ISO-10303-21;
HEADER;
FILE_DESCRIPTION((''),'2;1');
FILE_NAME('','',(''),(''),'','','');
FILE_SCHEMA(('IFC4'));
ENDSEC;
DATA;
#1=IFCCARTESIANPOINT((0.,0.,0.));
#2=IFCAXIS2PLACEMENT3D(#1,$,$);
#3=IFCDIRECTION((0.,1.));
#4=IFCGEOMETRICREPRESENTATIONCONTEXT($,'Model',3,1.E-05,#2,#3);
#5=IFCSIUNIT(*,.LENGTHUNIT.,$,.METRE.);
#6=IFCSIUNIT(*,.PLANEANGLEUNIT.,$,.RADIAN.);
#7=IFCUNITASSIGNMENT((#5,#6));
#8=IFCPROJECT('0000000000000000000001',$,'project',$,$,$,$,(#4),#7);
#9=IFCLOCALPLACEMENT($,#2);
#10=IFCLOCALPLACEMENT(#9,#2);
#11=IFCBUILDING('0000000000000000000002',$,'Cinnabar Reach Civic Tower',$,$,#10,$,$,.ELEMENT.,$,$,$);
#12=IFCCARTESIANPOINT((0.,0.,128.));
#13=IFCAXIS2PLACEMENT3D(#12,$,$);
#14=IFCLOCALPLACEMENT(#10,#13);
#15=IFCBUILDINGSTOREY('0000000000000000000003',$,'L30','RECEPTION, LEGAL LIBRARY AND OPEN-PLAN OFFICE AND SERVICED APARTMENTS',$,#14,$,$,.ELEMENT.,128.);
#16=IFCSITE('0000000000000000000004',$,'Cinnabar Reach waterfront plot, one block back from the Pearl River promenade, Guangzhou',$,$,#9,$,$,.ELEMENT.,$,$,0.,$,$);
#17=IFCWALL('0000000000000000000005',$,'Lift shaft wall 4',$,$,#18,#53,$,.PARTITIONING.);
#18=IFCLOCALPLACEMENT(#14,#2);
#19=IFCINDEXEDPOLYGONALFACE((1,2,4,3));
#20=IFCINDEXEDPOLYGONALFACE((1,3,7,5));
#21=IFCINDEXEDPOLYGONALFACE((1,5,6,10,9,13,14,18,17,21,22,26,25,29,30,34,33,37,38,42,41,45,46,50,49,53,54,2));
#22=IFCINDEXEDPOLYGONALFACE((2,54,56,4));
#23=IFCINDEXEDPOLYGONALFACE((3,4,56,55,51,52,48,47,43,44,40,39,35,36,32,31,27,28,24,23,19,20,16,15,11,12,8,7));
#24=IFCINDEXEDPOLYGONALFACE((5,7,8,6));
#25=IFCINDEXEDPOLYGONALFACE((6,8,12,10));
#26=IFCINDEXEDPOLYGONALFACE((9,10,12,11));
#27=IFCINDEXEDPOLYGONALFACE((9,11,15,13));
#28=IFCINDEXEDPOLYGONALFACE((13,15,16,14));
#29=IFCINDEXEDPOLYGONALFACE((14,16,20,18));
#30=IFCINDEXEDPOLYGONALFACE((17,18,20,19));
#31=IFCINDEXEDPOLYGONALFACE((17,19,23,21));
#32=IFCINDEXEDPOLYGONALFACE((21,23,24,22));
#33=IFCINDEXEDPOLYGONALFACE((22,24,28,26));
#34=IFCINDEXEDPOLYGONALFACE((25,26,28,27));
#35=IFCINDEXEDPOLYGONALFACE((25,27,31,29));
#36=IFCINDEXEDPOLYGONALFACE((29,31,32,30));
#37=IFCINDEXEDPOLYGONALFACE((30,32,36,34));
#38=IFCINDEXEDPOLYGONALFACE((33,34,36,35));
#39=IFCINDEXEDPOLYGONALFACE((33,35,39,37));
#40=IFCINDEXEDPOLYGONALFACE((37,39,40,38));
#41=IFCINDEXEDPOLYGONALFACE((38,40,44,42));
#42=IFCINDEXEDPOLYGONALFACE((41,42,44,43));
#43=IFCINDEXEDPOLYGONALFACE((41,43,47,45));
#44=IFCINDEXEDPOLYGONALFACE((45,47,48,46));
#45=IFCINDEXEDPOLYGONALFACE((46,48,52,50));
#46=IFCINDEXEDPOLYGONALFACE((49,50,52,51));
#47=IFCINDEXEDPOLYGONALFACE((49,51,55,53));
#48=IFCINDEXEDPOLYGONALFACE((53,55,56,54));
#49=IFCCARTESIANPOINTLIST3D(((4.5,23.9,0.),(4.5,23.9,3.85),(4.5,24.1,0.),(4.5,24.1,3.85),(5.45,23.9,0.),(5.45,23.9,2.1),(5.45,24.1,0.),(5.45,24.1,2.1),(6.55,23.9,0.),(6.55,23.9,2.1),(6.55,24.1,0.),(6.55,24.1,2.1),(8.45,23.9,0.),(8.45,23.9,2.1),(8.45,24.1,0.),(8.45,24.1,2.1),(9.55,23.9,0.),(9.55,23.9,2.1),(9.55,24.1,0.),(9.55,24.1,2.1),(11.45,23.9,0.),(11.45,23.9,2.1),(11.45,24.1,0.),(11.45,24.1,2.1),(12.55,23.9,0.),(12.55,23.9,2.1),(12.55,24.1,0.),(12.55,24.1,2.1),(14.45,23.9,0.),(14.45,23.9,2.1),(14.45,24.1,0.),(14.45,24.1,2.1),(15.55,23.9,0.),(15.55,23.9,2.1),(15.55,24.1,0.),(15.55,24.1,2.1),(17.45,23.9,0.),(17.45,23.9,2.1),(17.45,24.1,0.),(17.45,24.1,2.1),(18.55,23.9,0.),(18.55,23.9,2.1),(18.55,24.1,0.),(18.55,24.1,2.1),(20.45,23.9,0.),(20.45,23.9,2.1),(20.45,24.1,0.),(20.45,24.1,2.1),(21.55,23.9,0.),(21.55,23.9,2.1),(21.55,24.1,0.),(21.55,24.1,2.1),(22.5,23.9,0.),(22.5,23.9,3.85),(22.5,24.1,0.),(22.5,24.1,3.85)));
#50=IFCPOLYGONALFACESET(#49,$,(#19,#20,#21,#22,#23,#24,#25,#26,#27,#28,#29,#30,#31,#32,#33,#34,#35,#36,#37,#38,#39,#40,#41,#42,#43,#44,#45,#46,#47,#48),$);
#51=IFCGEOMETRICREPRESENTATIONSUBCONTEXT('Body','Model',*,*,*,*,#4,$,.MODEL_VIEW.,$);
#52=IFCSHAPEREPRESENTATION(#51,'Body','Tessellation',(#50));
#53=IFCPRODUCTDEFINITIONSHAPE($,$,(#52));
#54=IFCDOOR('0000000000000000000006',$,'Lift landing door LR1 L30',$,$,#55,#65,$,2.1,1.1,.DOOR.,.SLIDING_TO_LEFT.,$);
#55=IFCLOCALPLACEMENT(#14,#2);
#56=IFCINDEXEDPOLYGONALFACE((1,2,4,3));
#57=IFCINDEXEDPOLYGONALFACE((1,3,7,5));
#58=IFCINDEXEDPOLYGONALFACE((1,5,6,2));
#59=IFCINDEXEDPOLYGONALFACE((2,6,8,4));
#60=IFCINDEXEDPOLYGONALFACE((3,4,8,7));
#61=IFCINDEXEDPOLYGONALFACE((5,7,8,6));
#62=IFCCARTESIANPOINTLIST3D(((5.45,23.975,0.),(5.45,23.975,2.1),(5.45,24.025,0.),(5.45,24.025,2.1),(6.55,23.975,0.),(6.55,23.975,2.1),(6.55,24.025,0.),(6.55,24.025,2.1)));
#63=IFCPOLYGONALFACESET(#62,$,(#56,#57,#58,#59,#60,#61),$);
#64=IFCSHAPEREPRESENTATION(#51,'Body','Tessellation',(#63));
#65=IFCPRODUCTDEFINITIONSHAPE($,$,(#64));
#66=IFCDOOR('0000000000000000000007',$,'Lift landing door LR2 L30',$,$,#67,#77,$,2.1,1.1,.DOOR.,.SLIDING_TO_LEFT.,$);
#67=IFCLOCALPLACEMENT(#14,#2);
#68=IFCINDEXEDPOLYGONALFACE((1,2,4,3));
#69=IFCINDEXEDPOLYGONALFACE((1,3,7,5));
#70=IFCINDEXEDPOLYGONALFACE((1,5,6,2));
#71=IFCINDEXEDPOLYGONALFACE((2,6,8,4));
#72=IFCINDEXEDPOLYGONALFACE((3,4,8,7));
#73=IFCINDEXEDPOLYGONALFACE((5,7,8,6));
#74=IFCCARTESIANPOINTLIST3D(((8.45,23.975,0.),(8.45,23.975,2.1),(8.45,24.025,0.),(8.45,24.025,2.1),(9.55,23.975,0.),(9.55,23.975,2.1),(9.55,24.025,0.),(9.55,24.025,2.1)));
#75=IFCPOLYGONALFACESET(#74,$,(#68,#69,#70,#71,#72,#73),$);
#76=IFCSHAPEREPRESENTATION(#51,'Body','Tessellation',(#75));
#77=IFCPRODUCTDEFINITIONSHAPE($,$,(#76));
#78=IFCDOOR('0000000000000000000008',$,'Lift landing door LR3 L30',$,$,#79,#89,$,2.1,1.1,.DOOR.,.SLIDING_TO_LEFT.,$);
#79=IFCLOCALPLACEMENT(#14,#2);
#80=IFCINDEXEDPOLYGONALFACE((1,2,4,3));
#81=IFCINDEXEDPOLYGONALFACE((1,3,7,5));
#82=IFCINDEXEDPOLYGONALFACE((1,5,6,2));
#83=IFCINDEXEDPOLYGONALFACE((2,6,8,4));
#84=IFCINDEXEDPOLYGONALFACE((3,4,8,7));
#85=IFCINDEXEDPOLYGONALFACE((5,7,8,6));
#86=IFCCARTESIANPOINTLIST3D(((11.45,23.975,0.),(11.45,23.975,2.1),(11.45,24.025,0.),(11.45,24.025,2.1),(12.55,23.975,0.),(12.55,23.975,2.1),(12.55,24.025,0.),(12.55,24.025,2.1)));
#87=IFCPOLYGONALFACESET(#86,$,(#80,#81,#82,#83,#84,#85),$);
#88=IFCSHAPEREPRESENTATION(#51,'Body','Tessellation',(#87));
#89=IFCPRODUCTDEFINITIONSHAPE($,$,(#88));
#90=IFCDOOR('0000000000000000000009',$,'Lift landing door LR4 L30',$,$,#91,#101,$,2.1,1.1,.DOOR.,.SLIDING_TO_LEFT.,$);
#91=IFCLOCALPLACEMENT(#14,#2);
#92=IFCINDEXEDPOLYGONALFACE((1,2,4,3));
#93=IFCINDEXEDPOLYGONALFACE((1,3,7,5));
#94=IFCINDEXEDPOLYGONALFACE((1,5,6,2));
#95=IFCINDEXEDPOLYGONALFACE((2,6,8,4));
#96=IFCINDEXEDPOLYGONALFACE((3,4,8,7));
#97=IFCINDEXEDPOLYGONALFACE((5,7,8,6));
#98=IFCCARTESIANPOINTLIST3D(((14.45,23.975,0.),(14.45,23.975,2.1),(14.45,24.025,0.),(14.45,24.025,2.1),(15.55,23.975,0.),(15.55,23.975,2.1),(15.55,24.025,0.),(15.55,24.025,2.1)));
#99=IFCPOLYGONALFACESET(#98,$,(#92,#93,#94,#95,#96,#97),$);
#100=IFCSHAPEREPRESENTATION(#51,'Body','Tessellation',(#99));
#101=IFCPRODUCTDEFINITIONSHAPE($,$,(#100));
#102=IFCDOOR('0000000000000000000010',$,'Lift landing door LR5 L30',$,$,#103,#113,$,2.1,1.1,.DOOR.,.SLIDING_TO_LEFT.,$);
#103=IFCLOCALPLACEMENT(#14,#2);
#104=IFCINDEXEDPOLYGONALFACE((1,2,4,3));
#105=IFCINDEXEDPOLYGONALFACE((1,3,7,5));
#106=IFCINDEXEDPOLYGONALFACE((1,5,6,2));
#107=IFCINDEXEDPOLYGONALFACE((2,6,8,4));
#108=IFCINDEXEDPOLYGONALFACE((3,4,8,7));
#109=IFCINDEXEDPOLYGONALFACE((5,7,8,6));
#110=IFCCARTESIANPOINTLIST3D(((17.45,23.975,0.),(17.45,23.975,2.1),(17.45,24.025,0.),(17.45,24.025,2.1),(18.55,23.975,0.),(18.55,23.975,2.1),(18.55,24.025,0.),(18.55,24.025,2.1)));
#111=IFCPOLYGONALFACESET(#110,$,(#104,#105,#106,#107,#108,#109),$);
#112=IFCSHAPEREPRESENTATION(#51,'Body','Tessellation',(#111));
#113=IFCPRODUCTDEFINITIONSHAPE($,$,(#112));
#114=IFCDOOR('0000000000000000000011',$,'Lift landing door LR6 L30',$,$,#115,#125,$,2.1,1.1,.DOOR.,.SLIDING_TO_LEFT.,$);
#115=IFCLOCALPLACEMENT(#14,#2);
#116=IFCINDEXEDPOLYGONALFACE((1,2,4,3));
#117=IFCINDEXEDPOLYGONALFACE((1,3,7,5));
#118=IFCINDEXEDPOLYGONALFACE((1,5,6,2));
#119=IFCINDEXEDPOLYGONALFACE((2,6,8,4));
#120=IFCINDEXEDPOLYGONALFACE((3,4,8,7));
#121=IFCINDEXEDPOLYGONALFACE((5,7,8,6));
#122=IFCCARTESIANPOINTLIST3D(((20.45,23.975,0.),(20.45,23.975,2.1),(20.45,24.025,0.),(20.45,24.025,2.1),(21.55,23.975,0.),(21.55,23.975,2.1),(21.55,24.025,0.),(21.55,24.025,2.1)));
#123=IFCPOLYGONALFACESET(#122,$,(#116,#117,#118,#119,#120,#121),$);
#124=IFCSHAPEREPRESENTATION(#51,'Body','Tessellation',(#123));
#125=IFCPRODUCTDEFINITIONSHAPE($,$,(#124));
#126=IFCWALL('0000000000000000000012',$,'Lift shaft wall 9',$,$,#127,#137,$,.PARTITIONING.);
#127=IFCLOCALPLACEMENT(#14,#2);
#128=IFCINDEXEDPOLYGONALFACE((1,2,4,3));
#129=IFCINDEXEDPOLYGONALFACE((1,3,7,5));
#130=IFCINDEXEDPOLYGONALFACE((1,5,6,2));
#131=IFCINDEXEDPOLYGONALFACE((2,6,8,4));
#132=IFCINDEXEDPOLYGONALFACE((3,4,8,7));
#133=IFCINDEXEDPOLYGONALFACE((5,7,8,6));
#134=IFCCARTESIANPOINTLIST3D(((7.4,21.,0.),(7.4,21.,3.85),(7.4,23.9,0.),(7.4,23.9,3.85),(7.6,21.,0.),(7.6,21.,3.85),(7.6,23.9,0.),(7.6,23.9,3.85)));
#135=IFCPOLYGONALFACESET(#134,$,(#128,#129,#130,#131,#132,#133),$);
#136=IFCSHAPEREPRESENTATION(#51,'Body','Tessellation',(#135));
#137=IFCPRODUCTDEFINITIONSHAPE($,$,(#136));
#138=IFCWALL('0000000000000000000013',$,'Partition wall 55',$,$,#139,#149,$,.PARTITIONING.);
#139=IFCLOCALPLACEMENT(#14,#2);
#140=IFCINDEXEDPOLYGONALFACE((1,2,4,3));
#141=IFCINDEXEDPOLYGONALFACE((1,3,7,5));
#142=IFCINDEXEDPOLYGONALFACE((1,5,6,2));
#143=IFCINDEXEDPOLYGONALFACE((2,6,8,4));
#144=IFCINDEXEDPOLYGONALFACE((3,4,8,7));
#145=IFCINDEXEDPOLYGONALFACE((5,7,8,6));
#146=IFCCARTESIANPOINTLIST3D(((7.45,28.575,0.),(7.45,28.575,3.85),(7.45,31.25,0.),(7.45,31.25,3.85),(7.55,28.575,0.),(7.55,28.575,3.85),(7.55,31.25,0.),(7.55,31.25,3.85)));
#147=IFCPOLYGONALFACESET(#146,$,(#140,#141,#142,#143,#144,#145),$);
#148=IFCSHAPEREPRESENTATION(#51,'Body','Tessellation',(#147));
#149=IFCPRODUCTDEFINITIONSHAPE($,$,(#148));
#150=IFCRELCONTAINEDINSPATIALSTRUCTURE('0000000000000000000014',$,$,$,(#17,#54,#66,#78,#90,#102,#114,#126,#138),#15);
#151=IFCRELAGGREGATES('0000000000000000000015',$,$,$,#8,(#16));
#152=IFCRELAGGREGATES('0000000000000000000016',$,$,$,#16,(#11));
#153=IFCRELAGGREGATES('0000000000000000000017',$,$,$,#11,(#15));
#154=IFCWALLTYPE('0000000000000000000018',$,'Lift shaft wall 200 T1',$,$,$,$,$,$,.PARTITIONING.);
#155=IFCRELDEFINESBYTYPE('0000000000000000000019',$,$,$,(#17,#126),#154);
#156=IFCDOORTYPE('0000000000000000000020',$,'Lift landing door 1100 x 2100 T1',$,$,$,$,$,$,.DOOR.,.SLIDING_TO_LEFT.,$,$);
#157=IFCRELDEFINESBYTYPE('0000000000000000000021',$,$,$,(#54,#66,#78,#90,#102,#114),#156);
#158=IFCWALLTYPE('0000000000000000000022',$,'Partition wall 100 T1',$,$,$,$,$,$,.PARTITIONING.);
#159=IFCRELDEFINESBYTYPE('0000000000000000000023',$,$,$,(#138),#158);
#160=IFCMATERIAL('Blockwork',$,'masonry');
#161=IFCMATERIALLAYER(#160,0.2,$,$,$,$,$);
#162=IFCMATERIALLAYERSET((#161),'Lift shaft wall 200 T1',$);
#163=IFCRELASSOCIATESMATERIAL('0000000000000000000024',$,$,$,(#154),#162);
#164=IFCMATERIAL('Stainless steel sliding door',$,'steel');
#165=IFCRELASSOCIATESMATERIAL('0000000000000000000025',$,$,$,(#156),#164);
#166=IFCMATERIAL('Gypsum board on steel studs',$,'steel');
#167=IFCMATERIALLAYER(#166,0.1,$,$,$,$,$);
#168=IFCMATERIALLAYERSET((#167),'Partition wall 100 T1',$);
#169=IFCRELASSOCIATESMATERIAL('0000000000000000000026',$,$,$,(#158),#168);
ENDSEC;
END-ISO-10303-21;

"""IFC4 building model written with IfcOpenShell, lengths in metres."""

from ifc_helpers import new_model, si_unit, direction, frame, frame_2d, origin, place, context, subcontext, project, spatial, rectangle, extrude, material, layer, layer_set, type_object, element, fill, save


model = new_model("IFC4")

# Units and contexts
model_context = context("Model", 3, precision=1e-05, world=origin(), true_north=direction((0.0, 1.0)))
body_context = subcontext(model_context, "Body", "Model", "MODEL_VIEW")
ifc_project = project(units=[si_unit("LENGTHUNIT", "METRE"), si_unit("PLANEANGLEUNIT", "RADIAN")], contexts=[model_context])

# Site, building, storey
site_placement = place(None, origin())
site = spatial("IfcSite", under=ifc_project, at=site_placement, Name="Cinnabar Reach waterfront plot, one block back from the Pearl River promenade, Guangzhou", CompositionType="ELEMENT", RefElevation=0.0)
building_placement = place(site_placement, origin())
building = spatial("IfcBuilding", under=site, at=building_placement, Name="Cinnabar Reach Civic Tower", CompositionType="ELEMENT")
storey_placement = place(building_placement, frame((0.0, 0.0, 128.0)))
storey = spatial("IfcBuildingStorey", under=building, at=storey_placement, Name="L30", Description="RECEPTION, LEGAL LIBRARY AND OPEN-PLAN OFFICE AND SERVICED APARTMENTS", CompositionType="ELEMENT", Elevation=128.0)

# Wall, openings, doors
ifc_material_1 = material(Name="Blockwork", Category="masonry")
ifc_layer_1 = layer(ifc_material_1, 0.2)
ifc_layer_set_1 = layer_set([ifc_layer_1], Name="Lift shaft wall 200 T1")
wall_type_1 = type_object("IfcWallType", Name="Lift shaft wall 200 T1", PredefinedType="PARTITIONING", material=ifc_layer_set_1)
wall_1_placement = place(storey_placement, frame((4.5, 24.0, 0.0), z_axis=(0.0, 0.0, 1.0), x_axis=(1.0, 0.0, 0.0)))
wall_1 = element("IfcWall", 1, at=wall_1_placement, inside=storey, type_object=wall_type_1, Name="Lift shaft wall 4", PredefinedType="PARTITIONING", context=body_context, shape_type="SweptSolid", body=[
    extrude(rectangle(XDim=18.0, YDim=0.2, at=frame_2d((9.0, 0.0))), origin(), (0.0, 0.0, 1.0), 3.85),
])
opening_1_placement = place(wall_1_placement, frame((0.95, 0.0, 0.0)))
opening_1 = element("IfcOpeningElement", 2, at=opening_1_placement, cuts=wall_1, PredefinedType="OPENING", context=body_context, shape_type="SweptSolid", body=[
    extrude(rectangle(XDim=1.1, YDim=2.1, at=frame_2d((0.55, 1.05))), frame((0.0, 0.11, 0.0), z_axis=(0.0, -1.0, 0.0), x_axis=(1.0, 0.0, 0.0)), (0.0, 0.0, 1.0), 0.22),
])
opening_2_placement = place(wall_1_placement, frame((3.95, 0.0, 0.0)))
opening_2 = element("IfcOpeningElement", 3, at=opening_2_placement, cuts=wall_1, PredefinedType="OPENING", context=body_context, shape_type="SweptSolid", body=[
    extrude(rectangle(XDim=1.1, YDim=2.1, at=frame_2d((0.55, 1.05))), frame((0.0, 0.11, 0.0), z_axis=(0.0, -1.0, 0.0), x_axis=(1.0, 0.0, 0.0)), (0.0, 0.0, 1.0), 0.22),
])
opening_3_placement = place(wall_1_placement, frame((6.95, 0.0, 0.0)))
opening_3 = element("IfcOpeningElement", 4, at=opening_3_placement, cuts=wall_1, PredefinedType="OPENING", context=body_context, shape_type="SweptSolid", body=[
    extrude(rectangle(XDim=1.1, YDim=2.1, at=frame_2d((0.55, 1.05))), frame((0.0, 0.11, 0.0), z_axis=(0.0, -1.0, 0.0), x_axis=(1.0, 0.0, 0.0)), (0.0, 0.0, 1.0), 0.22),
])
opening_4_placement = place(wall_1_placement, frame((9.95, 0.0, 0.0)))
opening_4 = element("IfcOpeningElement", 5, at=opening_4_placement, cuts=wall_1, PredefinedType="OPENING", context=body_context, shape_type="SweptSolid", body=[
    extrude(rectangle(XDim=1.1, YDim=2.1, at=frame_2d((0.55, 1.05))), frame((0.0, 0.11, 0.0), z_axis=(0.0, -1.0, 0.0), x_axis=(1.0, 0.0, 0.0)), (0.0, 0.0, 1.0), 0.22),
])
opening_5_placement = place(wall_1_placement, frame((12.95, 0.0, 0.0)))
opening_5 = element("IfcOpeningElement", 6, at=opening_5_placement, cuts=wall_1, PredefinedType="OPENING", context=body_context, shape_type="SweptSolid", body=[
    extrude(rectangle(XDim=1.1, YDim=2.1, at=frame_2d((0.55, 1.05))), frame((0.0, 0.11, 0.0), z_axis=(0.0, -1.0, 0.0), x_axis=(1.0, 0.0, 0.0)), (0.0, 0.0, 1.0), 0.22),
])
opening_6_placement = place(wall_1_placement, frame((15.95, 0.0, 0.0)))
opening_6 = element("IfcOpeningElement", 7, at=opening_6_placement, cuts=wall_1, PredefinedType="OPENING", context=body_context, shape_type="SweptSolid", body=[
    extrude(rectangle(XDim=1.1, YDim=2.1, at=frame_2d((0.55, 1.05))), frame((0.0, 0.11, 0.0), z_axis=(0.0, -1.0, 0.0), x_axis=(1.0, 0.0, 0.0)), (0.0, 0.0, 1.0), 0.22),
])
ifc_material_2 = material(Name="Stainless steel sliding door", Category="steel")
door_type_1 = type_object("IfcDoorType", Name="Lift landing door 1100 x 2100 T1", OperationType="SLIDING_TO_LEFT", PredefinedType="DOOR", material=ifc_material_2)
door_1_placement = place(opening_1_placement, origin())
door_1 = element("IfcDoor", 8, at=door_1_placement, inside=storey, type_object=door_type_1, Name="Lift landing door LR1 L30", OperationType="SLIDING_TO_LEFT", OverallHeight=2.1, OverallWidth=1.1, PredefinedType="DOOR", context=body_context, shape_type="SweptSolid", body=[
    extrude(rectangle(XDim=1.1, YDim=2.1, at=frame_2d((0.55, 1.05))), frame((0.0, 0.025, 0.0), z_axis=(0.0, -1.0, 0.0), x_axis=(1.0, 0.0, 0.0)), (0.0, 0.0, 1.0), 0.05),
])
fill(opening_1, door_1)
door_2_placement = place(opening_2_placement, origin())
door_2 = element("IfcDoor", 9, at=door_2_placement, inside=storey, type_object=door_type_1, Name="Lift landing door LR2 L30", OperationType="SLIDING_TO_LEFT", OverallHeight=2.1, OverallWidth=1.1, PredefinedType="DOOR", context=body_context, shape_type="SweptSolid", body=[
    extrude(rectangle(XDim=1.1, YDim=2.1, at=frame_2d((0.55, 1.05))), frame((0.0, 0.025, 0.0), z_axis=(0.0, -1.0, 0.0), x_axis=(1.0, 0.0, 0.0)), (0.0, 0.0, 1.0), 0.05),
])
fill(opening_2, door_2)
door_3_placement = place(opening_3_placement, origin())
door_3 = element("IfcDoor", 10, at=door_3_placement, inside=storey, type_object=door_type_1, Name="Lift landing door LR3 L30", OperationType="SLIDING_TO_LEFT", OverallHeight=2.1, OverallWidth=1.1, PredefinedType="DOOR", context=body_context, shape_type="SweptSolid", body=[
    extrude(rectangle(XDim=1.1, YDim=2.1, at=frame_2d((0.55, 1.05))), frame((0.0, 0.025, 0.0), z_axis=(0.0, -1.0, 0.0), x_axis=(1.0, 0.0, 0.0)), (0.0, 0.0, 1.0), 0.05),
])
fill(opening_3, door_3)
door_4_placement = place(opening_4_placement, origin())
door_4 = element("IfcDoor", 11, at=door_4_placement, inside=storey, type_object=door_type_1, Name="Lift landing door LR4 L30", OperationType="SLIDING_TO_LEFT", OverallHeight=2.1, OverallWidth=1.1, PredefinedType="DOOR", context=body_context, shape_type="SweptSolid", body=[
    extrude(rectangle(XDim=1.1, YDim=2.1, at=frame_2d((0.55, 1.05))), frame((0.0, 0.025, 0.0), z_axis=(0.0, -1.0, 0.0), x_axis=(1.0, 0.0, 0.0)), (0.0, 0.0, 1.0), 0.05),
])
fill(opening_4, door_4)
door_5_placement = place(opening_5_placement, origin())
door_5 = element("IfcDoor", 12, at=door_5_placement, inside=storey, type_object=door_type_1, Name="Lift landing door LR5 L30", OperationType="SLIDING_TO_LEFT", OverallHeight=2.1, OverallWidth=1.1, PredefinedType="DOOR", context=body_context, shape_type="SweptSolid", body=[
    extrude(rectangle(XDim=1.1, YDim=2.1, at=frame_2d((0.55, 1.05))), frame((0.0, 0.025, 0.0), z_axis=(0.0, -1.0, 0.0), x_axis=(1.0, 0.0, 0.0)), (0.0, 0.0, 1.0), 0.05),
])
fill(opening_5, door_5)
door_6_placement = place(opening_6_placement, origin())
door_6 = element("IfcDoor", 13, at=door_6_placement, inside=storey, type_object=door_type_1, Name="Lift landing door LR6 L30", OperationType="SLIDING_TO_LEFT", OverallHeight=2.1, OverallWidth=1.1, PredefinedType="DOOR", context=body_context, shape_type="SweptSolid", body=[
    extrude(rectangle(XDim=1.1, YDim=2.1, at=frame_2d((0.55, 1.05))), frame((0.0, 0.025, 0.0), z_axis=(0.0, -1.0, 0.0), x_axis=(1.0, 0.0, 0.0)), (0.0, 0.0, 1.0), 0.05),
])
fill(opening_6, door_6)

# Walls
wall_2_placement = place(storey_placement, frame((7.5, 21.0, 0.0), z_axis=(0.0, 0.0, 1.0), x_axis=(0.0, 1.0, 0.0)))
element("IfcWall", 14, at=wall_2_placement, inside=storey, type_object=wall_type_1, Name="Lift shaft wall 9", PredefinedType="PARTITIONING", context=body_context, shape_type="SweptSolid", body=[
    extrude(rectangle(XDim=2.9, YDim=0.2, at=frame_2d((1.45, 0.0))), origin(), (0.0, 0.0, 1.0), 3.85),
])
ifc_material_3 = material(Name="Gypsum board on steel studs", Category="steel")
ifc_layer_2 = layer(ifc_material_3, 0.1)
ifc_layer_set_2 = layer_set([ifc_layer_2], Name="Partition wall 100 T1")
wall_type_2 = type_object("IfcWallType", Name="Partition wall 100 T1", PredefinedType="PARTITIONING", material=ifc_layer_set_2)
wall_3_placement = place(storey_placement, frame((7.5, 28.575, 0.0), z_axis=(0.0, 0.0, 1.0), x_axis=(0.0, 1.0, 0.0)))
element("IfcWall", 15, at=wall_3_placement, inside=storey, type_object=wall_type_2, Name="Partition wall 55", PredefinedType="PARTITIONING", context=body_context, shape_type="SweptSolid", body=[
    extrude(rectangle(XDim=2.675, YDim=0.1, at=frame_2d((1.3375, 0.0))), origin(), (0.0, 0.0, 1.0), 3.85),
])

save(model, "model.ifc")
